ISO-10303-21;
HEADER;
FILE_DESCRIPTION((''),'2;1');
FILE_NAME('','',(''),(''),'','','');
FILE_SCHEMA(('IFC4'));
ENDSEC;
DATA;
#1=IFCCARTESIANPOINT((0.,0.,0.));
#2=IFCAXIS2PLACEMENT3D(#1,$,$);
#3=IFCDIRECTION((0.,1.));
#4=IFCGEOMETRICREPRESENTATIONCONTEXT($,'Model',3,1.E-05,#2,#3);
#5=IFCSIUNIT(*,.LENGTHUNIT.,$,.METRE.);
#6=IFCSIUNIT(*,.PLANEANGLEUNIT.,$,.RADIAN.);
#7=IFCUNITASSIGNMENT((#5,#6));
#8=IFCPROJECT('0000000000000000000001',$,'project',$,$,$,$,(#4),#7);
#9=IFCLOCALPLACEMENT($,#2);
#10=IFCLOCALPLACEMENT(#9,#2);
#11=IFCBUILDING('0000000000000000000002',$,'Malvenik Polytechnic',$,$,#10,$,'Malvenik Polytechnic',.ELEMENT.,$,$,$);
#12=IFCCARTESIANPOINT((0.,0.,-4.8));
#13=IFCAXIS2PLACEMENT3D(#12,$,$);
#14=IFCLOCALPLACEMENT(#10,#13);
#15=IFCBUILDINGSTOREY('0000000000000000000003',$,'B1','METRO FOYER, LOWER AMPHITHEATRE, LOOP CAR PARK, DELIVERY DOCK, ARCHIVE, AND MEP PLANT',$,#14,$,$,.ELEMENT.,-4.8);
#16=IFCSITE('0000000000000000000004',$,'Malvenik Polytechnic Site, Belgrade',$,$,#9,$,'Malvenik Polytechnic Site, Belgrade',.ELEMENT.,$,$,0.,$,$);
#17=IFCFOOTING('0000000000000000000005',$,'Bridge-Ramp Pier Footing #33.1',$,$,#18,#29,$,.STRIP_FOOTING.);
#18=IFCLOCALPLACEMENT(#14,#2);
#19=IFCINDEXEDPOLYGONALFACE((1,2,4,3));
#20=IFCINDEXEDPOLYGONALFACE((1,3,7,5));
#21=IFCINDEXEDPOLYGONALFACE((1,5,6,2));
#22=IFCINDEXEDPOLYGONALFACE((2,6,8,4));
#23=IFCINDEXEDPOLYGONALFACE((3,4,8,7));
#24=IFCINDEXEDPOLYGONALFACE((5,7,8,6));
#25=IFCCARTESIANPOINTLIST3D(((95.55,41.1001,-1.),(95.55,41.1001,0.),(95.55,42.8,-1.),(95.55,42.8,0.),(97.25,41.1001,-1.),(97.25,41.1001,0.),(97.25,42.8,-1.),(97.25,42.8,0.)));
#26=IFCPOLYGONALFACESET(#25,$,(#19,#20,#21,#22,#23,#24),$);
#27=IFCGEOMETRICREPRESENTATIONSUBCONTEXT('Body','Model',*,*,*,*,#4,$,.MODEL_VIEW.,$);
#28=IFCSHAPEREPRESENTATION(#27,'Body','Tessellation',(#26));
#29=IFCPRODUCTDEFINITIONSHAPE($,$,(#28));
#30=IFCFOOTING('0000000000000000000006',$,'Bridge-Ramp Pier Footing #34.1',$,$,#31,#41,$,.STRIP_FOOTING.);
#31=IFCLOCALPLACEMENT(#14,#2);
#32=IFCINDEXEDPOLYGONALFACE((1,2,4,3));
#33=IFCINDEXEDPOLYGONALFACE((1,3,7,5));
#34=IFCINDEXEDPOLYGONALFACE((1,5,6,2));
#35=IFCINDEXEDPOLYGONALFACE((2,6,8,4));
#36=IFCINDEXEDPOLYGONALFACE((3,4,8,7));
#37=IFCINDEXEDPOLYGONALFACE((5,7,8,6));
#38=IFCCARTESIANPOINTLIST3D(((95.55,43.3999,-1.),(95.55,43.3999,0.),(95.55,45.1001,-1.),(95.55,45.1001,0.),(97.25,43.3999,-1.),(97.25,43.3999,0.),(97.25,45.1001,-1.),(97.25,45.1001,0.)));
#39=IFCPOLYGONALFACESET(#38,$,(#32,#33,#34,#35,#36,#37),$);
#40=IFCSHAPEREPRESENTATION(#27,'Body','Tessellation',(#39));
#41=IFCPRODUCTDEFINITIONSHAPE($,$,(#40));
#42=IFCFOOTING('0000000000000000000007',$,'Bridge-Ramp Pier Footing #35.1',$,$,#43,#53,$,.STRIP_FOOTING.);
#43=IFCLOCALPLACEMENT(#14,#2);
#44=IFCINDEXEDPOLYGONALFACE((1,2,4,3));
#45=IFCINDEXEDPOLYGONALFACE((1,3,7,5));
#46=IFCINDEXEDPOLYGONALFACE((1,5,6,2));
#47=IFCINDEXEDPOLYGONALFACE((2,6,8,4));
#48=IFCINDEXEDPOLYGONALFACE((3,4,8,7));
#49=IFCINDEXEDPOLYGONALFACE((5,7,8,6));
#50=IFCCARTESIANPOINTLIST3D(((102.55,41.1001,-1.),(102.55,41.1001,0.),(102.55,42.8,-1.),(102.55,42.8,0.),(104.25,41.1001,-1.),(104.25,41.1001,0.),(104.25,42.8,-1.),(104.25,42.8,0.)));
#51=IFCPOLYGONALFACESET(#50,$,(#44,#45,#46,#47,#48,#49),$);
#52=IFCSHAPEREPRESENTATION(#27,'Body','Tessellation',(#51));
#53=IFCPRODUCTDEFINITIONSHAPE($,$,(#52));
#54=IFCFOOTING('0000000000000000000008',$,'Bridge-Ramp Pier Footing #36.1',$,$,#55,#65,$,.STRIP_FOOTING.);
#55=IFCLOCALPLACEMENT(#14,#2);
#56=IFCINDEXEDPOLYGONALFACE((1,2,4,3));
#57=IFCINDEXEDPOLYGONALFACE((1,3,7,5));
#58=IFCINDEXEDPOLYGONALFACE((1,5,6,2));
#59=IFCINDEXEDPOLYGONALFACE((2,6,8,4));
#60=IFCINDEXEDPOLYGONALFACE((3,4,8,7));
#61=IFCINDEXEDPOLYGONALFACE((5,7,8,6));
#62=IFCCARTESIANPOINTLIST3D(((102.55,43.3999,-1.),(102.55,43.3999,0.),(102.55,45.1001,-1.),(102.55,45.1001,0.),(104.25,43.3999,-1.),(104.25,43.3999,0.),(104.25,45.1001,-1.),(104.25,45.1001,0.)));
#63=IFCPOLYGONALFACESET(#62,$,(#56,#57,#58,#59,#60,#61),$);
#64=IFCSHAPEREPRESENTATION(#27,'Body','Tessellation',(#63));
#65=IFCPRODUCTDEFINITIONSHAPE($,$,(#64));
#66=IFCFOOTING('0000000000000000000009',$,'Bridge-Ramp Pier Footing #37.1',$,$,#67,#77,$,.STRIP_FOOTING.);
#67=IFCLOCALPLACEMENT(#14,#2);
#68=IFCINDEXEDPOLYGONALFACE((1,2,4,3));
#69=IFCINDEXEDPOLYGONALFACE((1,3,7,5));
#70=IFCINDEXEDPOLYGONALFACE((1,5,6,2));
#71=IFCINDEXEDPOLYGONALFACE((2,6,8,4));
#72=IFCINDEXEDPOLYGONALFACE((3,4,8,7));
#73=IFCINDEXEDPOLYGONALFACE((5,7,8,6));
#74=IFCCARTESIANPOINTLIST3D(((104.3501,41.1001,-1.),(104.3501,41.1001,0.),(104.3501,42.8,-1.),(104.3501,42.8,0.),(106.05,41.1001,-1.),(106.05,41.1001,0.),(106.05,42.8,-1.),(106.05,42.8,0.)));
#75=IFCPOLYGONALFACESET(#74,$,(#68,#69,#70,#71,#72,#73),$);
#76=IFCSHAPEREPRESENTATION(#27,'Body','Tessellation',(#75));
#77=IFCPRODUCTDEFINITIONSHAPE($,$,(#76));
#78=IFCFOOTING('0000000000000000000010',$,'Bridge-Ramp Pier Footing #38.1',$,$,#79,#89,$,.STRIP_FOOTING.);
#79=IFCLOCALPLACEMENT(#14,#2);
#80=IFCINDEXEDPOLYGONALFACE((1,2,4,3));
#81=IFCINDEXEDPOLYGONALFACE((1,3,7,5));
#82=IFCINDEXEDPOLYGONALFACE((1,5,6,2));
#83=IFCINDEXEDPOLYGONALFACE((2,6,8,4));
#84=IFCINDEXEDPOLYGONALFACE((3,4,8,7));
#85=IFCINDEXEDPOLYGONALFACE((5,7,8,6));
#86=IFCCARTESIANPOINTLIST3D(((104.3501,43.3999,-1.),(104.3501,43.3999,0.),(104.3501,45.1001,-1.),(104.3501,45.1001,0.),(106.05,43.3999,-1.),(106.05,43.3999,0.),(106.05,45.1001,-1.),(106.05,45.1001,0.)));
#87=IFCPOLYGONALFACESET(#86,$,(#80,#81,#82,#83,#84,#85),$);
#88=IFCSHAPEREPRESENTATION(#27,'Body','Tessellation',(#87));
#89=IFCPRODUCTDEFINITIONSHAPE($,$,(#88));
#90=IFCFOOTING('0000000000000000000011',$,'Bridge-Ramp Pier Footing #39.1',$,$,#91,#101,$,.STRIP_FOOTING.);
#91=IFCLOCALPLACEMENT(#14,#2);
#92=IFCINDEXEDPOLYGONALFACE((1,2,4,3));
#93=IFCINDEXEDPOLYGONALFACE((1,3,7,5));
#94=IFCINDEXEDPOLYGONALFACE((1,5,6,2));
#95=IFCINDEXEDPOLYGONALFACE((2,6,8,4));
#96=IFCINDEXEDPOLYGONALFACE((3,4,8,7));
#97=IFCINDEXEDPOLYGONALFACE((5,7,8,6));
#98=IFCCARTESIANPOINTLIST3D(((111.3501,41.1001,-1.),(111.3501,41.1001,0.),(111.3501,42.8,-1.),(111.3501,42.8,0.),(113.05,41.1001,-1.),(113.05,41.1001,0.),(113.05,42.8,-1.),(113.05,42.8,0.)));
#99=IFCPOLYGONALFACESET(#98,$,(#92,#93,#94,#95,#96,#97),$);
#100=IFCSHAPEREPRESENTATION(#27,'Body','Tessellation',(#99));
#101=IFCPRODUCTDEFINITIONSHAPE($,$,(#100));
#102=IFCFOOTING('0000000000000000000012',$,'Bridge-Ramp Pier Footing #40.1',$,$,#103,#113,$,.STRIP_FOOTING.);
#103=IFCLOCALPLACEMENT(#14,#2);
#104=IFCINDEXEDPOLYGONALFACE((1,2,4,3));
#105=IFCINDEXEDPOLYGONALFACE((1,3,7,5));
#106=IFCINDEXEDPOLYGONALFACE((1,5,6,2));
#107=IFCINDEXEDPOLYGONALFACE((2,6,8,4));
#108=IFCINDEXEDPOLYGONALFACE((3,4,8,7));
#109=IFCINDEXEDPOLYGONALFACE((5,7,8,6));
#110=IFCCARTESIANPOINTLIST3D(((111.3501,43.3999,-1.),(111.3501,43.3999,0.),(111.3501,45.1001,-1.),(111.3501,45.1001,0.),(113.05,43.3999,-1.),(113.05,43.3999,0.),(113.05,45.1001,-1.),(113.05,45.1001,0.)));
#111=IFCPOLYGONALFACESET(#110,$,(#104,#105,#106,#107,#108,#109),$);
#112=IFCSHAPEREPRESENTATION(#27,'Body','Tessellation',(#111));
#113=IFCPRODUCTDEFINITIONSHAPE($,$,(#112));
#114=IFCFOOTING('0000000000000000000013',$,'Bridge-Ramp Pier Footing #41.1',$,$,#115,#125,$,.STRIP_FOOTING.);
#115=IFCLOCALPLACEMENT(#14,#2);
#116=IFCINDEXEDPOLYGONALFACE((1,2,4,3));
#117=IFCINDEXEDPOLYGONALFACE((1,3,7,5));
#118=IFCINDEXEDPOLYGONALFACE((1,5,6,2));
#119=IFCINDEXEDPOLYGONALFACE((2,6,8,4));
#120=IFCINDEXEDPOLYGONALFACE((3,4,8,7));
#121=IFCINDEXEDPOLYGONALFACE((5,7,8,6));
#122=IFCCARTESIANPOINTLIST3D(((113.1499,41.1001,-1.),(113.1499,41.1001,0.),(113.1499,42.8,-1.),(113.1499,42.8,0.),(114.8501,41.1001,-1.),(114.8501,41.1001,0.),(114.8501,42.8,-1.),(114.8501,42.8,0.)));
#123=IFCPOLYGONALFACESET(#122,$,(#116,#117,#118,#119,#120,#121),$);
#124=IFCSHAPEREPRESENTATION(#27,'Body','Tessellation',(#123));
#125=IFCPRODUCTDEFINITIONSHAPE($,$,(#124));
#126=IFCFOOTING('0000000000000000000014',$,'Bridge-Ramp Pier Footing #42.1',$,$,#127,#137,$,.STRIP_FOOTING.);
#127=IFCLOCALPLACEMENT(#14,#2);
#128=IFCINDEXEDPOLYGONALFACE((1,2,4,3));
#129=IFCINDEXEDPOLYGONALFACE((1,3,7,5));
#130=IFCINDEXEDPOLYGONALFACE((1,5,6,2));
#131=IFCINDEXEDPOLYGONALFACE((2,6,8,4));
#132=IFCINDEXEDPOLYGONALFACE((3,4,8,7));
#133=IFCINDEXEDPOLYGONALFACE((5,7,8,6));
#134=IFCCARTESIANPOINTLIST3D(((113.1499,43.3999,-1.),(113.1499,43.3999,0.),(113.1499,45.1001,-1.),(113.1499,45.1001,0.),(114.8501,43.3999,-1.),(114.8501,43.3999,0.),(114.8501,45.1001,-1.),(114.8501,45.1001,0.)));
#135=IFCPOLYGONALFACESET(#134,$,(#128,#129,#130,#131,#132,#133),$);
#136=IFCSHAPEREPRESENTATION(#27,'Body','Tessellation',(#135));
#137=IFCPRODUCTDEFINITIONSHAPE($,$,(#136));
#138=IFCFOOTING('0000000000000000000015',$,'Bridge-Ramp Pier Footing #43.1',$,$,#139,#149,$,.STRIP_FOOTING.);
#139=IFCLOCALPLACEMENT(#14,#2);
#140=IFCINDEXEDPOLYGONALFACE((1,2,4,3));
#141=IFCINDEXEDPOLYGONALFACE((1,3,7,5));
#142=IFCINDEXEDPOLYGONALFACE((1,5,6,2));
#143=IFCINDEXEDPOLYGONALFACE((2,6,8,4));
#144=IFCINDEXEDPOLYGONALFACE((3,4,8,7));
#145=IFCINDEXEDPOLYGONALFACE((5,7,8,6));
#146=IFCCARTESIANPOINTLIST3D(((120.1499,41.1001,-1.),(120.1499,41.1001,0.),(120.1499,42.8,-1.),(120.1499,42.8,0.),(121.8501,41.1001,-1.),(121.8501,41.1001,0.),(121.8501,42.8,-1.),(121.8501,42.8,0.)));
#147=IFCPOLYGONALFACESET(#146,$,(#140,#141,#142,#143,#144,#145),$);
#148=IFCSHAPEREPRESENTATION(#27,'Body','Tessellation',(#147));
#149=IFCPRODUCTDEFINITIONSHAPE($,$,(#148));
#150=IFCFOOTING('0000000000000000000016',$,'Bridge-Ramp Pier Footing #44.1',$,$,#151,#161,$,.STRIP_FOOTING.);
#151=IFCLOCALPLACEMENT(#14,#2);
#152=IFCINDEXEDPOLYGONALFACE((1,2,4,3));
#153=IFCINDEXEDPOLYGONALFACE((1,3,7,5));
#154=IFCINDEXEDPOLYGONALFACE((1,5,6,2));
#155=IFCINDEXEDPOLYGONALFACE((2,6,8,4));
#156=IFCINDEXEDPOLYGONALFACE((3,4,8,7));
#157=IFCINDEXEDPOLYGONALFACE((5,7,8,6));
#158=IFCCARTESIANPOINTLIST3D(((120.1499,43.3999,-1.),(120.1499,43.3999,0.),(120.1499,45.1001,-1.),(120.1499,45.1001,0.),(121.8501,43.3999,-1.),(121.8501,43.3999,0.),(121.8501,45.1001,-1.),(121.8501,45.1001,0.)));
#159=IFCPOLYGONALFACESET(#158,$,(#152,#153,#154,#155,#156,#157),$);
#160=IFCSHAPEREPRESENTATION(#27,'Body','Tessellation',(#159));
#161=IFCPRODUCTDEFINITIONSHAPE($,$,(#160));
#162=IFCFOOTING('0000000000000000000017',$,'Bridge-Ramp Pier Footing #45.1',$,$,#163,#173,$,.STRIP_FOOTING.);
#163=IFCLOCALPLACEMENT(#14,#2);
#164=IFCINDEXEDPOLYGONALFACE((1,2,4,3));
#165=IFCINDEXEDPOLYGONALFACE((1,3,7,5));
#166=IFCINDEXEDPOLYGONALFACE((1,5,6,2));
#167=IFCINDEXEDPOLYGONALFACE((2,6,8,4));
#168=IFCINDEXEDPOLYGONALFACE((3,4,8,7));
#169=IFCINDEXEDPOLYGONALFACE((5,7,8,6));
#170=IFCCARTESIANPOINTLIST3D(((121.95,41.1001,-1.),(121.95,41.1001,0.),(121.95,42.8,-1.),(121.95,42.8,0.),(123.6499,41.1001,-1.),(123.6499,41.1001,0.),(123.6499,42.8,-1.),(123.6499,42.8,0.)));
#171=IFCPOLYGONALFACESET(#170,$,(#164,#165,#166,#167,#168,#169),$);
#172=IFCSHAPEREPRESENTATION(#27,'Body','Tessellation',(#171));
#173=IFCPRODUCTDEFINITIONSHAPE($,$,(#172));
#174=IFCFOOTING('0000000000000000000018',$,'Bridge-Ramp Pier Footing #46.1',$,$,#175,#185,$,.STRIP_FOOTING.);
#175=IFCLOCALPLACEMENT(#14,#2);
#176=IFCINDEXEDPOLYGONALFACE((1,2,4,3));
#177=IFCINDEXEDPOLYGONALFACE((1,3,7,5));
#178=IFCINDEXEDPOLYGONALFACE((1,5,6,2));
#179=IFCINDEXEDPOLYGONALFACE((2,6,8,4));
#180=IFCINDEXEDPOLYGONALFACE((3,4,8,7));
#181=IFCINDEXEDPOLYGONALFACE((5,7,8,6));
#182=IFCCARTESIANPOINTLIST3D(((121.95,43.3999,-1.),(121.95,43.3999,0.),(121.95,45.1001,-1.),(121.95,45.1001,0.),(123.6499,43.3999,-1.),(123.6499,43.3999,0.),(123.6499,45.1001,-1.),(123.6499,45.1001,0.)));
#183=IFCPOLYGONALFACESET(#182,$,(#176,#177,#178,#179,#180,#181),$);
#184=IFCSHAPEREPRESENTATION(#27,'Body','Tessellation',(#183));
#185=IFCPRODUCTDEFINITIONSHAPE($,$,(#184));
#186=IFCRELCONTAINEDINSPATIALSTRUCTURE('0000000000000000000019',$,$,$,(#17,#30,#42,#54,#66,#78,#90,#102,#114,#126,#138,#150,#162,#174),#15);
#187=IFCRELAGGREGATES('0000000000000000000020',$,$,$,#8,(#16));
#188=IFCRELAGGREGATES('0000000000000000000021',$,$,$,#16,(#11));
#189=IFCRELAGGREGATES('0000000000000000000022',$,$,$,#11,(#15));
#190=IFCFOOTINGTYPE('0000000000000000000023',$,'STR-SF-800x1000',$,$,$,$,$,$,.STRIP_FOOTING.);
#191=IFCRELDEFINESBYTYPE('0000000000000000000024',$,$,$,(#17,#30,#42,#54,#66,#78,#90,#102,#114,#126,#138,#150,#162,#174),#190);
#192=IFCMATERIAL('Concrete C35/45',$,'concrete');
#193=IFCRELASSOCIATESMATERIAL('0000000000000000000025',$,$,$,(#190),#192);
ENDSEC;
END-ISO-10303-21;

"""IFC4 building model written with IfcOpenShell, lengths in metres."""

from ifc_helpers import new_model, si_unit, direction, frame, origin, place, context, subcontext, project, spatial, polyline, outline, extrude, material, type_object, element, save


model = new_model("IFC4")

# Units and contexts
model_context = context("Model", 3, precision=1e-05, world=origin(), true_north=direction((0.0, 1.0)))
body_context = subcontext(model_context, "Body", "Model", "MODEL_VIEW")
ifc_project = project(units=[si_unit("LENGTHUNIT", "METRE"), si_unit("PLANEANGLEUNIT", "RADIAN")], contexts=[model_context])

# Site, building, storey
site_placement = place(None, origin())
site = spatial("IfcSite", under=ifc_project, at=site_placement, Name="Malvenik Polytechnic Site, Belgrade", LongName="Malvenik Polytechnic Site, Belgrade", CompositionType="ELEMENT", RefElevation=0.0)
building_placement = place(site_placement, origin())
building = spatial("IfcBuilding", under=site, at=building_placement, Name="Malvenik Polytechnic", LongName="Malvenik Polytechnic", CompositionType="ELEMENT")
storey_placement = place(building_placement, frame((0.0, 0.0, -4.8)))
storey = spatial("IfcBuildingStorey", under=building, at=storey_placement, Name="B1", Description="METRO FOYER, LOWER AMPHITHEATRE, LOOP CAR PARK, DELIVERY DOCK, ARCHIVE, AND MEP PLANT", CompositionType="ELEMENT", Elevation=-4.8)

# Footings
ifc_material = material(Name="Concrete C35/45", Category="concrete")
footing_type = type_object("IfcFootingType", Name="STR-SF-800x1000", PredefinedType="STRIP_FOOTING", material=ifc_material)
footing_1_placement = place(storey_placement, frame((0.0, 0.0, -1.0)))
element("IfcFooting", 1, at=footing_1_placement, inside=storey, type_object=footing_type, Name="Bridge-Ramp Pier Footing #33.1", PredefinedType="STRIP_FOOTING", context=body_context, shape_type="SweptSolid", body=[
    extrude(outline(polyline([(95.55, 41.1001), (95.55, 42.8), (97.25, 42.8), (97.25, 41.1001), (95.55, 41.1001)])), origin(), (0.0, 0.0, 1.0), 1.0),
])
footing_2_placement = place(storey_placement, frame((0.0, 0.0, -1.0)))
element("IfcFooting", 2, at=footing_2_placement, inside=storey, type_object=footing_type, Name="Bridge-Ramp Pier Footing #34.1", PredefinedType="STRIP_FOOTING", context=body_context, shape_type="SweptSolid", body=[
    extrude(outline(polyline([(95.55, 43.3999), (95.55, 45.1001), (97.25, 45.1001), (97.25, 43.3999), (95.55, 43.3999)])), origin(), (0.0, 0.0, 1.0), 1.0),
])
footing_3_placement = place(storey_placement, frame((0.0, 0.0, -1.0)))
element("IfcFooting", 3, at=footing_3_placement, inside=storey, type_object=footing_type, Name="Bridge-Ramp Pier Footing #35.1", PredefinedType="STRIP_FOOTING", context=body_context, shape_type="SweptSolid", body=[
    extrude(outline(polyline([(102.55, 41.1001), (102.55, 42.8), (104.25, 42.8), (104.25, 41.1001), (102.55, 41.1001)])), origin(), (0.0, 0.0, 1.0), 1.0),
])
footing_4_placement = place(storey_placement, frame((0.0, 0.0, -1.0)))
element("IfcFooting", 4, at=footing_4_placement, inside=storey, type_object=footing_type, Name="Bridge-Ramp Pier Footing #36.1", PredefinedType="STRIP_FOOTING", context=body_context, shape_type="SweptSolid", body=[
    extrude(outline(polyline([(102.55, 43.3999), (102.55, 45.1001), (104.25, 45.1001), (104.25, 43.3999), (102.55, 43.3999)])), origin(), (0.0, 0.0, 1.0), 1.0),
])
footing_5_placement = place(storey_placement, frame((0.0, 0.0, -1.0)))
element("IfcFooting", 5, at=footing_5_placement, inside=storey, type_object=footing_type, Name="Bridge-Ramp Pier Footing #37.1", PredefinedType="STRIP_FOOTING", context=body_context, shape_type="SweptSolid", body=[
    extrude(outline(polyline([(104.3501, 41.1001), (104.3501, 42.8), (106.05, 42.8), (106.05, 41.1001), (104.3501, 41.1001)])), origin(), (0.0, 0.0, 1.0), 1.0),
])
footing_6_placement = place(storey_placement, frame((0.0, 0.0, -1.0)))
element("IfcFooting", 6, at=footing_6_placement, inside=storey, type_object=footing_type, Name="Bridge-Ramp Pier Footing #38.1", PredefinedType="STRIP_FOOTING", context=body_context, shape_type="SweptSolid", body=[
    extrude(outline(polyline([(104.3501, 43.3999), (104.3501, 45.1001), (106.05, 45.1001), (106.05, 43.3999), (104.3501, 43.3999)])), origin(), (0.0, 0.0, 1.0), 1.0),
])
footing_7_placement = place(storey_placement, frame((0.0, 0.0, -1.0)))
element("IfcFooting", 7, at=footing_7_placement, inside=storey, type_object=footing_type, Name="Bridge-Ramp Pier Footing #39.1", PredefinedType="STRIP_FOOTING", context=body_context, shape_type="SweptSolid", body=[
    extrude(outline(polyline([(111.3501, 41.1001), (111.3501, 42.8), (113.05, 42.8), (113.05, 41.1001), (111.3501, 41.1001)])), origin(), (0.0, 0.0, 1.0), 1.0),
])
footing_8_placement = place(storey_placement, frame((0.0, 0.0, -1.0)))
element("IfcFooting", 8, at=footing_8_placement, inside=storey, type_object=footing_type, Name="Bridge-Ramp Pier Footing #40.1", PredefinedType="STRIP_FOOTING", context=body_context, shape_type="SweptSolid", body=[
    extrude(outline(polyline([(111.3501, 43.3999), (111.3501, 45.1001), (113.05, 45.1001), (113.05, 43.3999), (111.3501, 43.3999)])), origin(), (0.0, 0.0, 1.0), 1.0),
])
footing_9_placement = place(storey_placement, frame((0.0, 0.0, -1.0)))
element("IfcFooting", 9, at=footing_9_placement, inside=storey, type_object=footing_type, Name="Bridge-Ramp Pier Footing #41.1", PredefinedType="STRIP_FOOTING", context=body_context, shape_type="SweptSolid", body=[
    extrude(outline(polyline([(113.1499, 41.1001), (113.1499, 42.8), (114.8501, 42.8), (114.8501, 41.1001), (113.1499, 41.1001)])), origin(), (0.0, 0.0, 1.0), 1.0),
])
footing_10_placement = place(storey_placement, frame((0.0, 0.0, -1.0)))
element("IfcFooting", 10, at=footing_10_placement, inside=storey, type_object=footing_type, Name="Bridge-Ramp Pier Footing #42.1", PredefinedType="STRIP_FOOTING", context=body_context, shape_type="SweptSolid", body=[
    extrude(outline(polyline([(113.1499, 43.3999), (113.1499, 45.1001), (114.8501, 45.1001), (114.8501, 43.3999), (113.1499, 43.3999)])), origin(), (0.0, 0.0, 1.0), 1.0),
])
footing_11_placement = place(storey_placement, frame((0.0, 0.0, -1.0)))
element("IfcFooting", 11, at=footing_11_placement, inside=storey, type_object=footing_type, Name="Bridge-Ramp Pier Footing #43.1", PredefinedType="STRIP_FOOTING", context=body_context, shape_type="SweptSolid", body=[
    extrude(outline(polyline([(120.1499, 41.1001), (120.1499, 42.8), (121.8501, 42.8), (121.8501, 41.1001), (120.1499, 41.1001)])), origin(), (0.0, 0.0, 1.0), 1.0),
])
footing_12_placement = place(storey_placement, frame((0.0, 0.0, -1.0)))
element("IfcFooting", 12, at=footing_12_placement, inside=storey, type_object=footing_type, Name="Bridge-Ramp Pier Footing #44.1", PredefinedType="STRIP_FOOTING", context=body_context, shape_type="SweptSolid", body=[
    extrude(outline(polyline([(120.1499, 43.3999), (120.1499, 45.1001), (121.8501, 45.1001), (121.8501, 43.3999), (120.1499, 43.3999)])), origin(), (0.0, 0.0, 1.0), 1.0),
])
footing_13_placement = place(storey_placement, frame((0.0, 0.0, -1.0)))
element("IfcFooting", 13, at=footing_13_placement, inside=storey, type_object=footing_type, Name="Bridge-Ramp Pier Footing #45.1", PredefinedType="STRIP_FOOTING", context=body_context, shape_type="SweptSolid", body=[
    extrude(outline(polyline([(121.95, 41.1001), (121.95, 42.8), (123.6499, 42.8), (123.6499, 41.1001), (121.95, 41.1001)])), origin(), (0.0, 0.0, 1.0), 1.0),
])
footing_14_placement = place(storey_placement, frame((0.0, 0.0, -1.0)))
element("IfcFooting", 14, at=footing_14_placement, inside=storey, type_object=footing_type, Name="Bridge-Ramp Pier Footing #46.1", PredefinedType="STRIP_FOOTING", context=body_context, shape_type="SweptSolid", body=[
    extrude(outline(polyline([(121.95, 43.3999), (121.95, 45.1001), (123.6499, 45.1001), (123.6499, 43.3999), (121.95, 43.3999)])), origin(), (0.0, 0.0, 1.0), 1.0),
])

save(model, "model.ifc")
